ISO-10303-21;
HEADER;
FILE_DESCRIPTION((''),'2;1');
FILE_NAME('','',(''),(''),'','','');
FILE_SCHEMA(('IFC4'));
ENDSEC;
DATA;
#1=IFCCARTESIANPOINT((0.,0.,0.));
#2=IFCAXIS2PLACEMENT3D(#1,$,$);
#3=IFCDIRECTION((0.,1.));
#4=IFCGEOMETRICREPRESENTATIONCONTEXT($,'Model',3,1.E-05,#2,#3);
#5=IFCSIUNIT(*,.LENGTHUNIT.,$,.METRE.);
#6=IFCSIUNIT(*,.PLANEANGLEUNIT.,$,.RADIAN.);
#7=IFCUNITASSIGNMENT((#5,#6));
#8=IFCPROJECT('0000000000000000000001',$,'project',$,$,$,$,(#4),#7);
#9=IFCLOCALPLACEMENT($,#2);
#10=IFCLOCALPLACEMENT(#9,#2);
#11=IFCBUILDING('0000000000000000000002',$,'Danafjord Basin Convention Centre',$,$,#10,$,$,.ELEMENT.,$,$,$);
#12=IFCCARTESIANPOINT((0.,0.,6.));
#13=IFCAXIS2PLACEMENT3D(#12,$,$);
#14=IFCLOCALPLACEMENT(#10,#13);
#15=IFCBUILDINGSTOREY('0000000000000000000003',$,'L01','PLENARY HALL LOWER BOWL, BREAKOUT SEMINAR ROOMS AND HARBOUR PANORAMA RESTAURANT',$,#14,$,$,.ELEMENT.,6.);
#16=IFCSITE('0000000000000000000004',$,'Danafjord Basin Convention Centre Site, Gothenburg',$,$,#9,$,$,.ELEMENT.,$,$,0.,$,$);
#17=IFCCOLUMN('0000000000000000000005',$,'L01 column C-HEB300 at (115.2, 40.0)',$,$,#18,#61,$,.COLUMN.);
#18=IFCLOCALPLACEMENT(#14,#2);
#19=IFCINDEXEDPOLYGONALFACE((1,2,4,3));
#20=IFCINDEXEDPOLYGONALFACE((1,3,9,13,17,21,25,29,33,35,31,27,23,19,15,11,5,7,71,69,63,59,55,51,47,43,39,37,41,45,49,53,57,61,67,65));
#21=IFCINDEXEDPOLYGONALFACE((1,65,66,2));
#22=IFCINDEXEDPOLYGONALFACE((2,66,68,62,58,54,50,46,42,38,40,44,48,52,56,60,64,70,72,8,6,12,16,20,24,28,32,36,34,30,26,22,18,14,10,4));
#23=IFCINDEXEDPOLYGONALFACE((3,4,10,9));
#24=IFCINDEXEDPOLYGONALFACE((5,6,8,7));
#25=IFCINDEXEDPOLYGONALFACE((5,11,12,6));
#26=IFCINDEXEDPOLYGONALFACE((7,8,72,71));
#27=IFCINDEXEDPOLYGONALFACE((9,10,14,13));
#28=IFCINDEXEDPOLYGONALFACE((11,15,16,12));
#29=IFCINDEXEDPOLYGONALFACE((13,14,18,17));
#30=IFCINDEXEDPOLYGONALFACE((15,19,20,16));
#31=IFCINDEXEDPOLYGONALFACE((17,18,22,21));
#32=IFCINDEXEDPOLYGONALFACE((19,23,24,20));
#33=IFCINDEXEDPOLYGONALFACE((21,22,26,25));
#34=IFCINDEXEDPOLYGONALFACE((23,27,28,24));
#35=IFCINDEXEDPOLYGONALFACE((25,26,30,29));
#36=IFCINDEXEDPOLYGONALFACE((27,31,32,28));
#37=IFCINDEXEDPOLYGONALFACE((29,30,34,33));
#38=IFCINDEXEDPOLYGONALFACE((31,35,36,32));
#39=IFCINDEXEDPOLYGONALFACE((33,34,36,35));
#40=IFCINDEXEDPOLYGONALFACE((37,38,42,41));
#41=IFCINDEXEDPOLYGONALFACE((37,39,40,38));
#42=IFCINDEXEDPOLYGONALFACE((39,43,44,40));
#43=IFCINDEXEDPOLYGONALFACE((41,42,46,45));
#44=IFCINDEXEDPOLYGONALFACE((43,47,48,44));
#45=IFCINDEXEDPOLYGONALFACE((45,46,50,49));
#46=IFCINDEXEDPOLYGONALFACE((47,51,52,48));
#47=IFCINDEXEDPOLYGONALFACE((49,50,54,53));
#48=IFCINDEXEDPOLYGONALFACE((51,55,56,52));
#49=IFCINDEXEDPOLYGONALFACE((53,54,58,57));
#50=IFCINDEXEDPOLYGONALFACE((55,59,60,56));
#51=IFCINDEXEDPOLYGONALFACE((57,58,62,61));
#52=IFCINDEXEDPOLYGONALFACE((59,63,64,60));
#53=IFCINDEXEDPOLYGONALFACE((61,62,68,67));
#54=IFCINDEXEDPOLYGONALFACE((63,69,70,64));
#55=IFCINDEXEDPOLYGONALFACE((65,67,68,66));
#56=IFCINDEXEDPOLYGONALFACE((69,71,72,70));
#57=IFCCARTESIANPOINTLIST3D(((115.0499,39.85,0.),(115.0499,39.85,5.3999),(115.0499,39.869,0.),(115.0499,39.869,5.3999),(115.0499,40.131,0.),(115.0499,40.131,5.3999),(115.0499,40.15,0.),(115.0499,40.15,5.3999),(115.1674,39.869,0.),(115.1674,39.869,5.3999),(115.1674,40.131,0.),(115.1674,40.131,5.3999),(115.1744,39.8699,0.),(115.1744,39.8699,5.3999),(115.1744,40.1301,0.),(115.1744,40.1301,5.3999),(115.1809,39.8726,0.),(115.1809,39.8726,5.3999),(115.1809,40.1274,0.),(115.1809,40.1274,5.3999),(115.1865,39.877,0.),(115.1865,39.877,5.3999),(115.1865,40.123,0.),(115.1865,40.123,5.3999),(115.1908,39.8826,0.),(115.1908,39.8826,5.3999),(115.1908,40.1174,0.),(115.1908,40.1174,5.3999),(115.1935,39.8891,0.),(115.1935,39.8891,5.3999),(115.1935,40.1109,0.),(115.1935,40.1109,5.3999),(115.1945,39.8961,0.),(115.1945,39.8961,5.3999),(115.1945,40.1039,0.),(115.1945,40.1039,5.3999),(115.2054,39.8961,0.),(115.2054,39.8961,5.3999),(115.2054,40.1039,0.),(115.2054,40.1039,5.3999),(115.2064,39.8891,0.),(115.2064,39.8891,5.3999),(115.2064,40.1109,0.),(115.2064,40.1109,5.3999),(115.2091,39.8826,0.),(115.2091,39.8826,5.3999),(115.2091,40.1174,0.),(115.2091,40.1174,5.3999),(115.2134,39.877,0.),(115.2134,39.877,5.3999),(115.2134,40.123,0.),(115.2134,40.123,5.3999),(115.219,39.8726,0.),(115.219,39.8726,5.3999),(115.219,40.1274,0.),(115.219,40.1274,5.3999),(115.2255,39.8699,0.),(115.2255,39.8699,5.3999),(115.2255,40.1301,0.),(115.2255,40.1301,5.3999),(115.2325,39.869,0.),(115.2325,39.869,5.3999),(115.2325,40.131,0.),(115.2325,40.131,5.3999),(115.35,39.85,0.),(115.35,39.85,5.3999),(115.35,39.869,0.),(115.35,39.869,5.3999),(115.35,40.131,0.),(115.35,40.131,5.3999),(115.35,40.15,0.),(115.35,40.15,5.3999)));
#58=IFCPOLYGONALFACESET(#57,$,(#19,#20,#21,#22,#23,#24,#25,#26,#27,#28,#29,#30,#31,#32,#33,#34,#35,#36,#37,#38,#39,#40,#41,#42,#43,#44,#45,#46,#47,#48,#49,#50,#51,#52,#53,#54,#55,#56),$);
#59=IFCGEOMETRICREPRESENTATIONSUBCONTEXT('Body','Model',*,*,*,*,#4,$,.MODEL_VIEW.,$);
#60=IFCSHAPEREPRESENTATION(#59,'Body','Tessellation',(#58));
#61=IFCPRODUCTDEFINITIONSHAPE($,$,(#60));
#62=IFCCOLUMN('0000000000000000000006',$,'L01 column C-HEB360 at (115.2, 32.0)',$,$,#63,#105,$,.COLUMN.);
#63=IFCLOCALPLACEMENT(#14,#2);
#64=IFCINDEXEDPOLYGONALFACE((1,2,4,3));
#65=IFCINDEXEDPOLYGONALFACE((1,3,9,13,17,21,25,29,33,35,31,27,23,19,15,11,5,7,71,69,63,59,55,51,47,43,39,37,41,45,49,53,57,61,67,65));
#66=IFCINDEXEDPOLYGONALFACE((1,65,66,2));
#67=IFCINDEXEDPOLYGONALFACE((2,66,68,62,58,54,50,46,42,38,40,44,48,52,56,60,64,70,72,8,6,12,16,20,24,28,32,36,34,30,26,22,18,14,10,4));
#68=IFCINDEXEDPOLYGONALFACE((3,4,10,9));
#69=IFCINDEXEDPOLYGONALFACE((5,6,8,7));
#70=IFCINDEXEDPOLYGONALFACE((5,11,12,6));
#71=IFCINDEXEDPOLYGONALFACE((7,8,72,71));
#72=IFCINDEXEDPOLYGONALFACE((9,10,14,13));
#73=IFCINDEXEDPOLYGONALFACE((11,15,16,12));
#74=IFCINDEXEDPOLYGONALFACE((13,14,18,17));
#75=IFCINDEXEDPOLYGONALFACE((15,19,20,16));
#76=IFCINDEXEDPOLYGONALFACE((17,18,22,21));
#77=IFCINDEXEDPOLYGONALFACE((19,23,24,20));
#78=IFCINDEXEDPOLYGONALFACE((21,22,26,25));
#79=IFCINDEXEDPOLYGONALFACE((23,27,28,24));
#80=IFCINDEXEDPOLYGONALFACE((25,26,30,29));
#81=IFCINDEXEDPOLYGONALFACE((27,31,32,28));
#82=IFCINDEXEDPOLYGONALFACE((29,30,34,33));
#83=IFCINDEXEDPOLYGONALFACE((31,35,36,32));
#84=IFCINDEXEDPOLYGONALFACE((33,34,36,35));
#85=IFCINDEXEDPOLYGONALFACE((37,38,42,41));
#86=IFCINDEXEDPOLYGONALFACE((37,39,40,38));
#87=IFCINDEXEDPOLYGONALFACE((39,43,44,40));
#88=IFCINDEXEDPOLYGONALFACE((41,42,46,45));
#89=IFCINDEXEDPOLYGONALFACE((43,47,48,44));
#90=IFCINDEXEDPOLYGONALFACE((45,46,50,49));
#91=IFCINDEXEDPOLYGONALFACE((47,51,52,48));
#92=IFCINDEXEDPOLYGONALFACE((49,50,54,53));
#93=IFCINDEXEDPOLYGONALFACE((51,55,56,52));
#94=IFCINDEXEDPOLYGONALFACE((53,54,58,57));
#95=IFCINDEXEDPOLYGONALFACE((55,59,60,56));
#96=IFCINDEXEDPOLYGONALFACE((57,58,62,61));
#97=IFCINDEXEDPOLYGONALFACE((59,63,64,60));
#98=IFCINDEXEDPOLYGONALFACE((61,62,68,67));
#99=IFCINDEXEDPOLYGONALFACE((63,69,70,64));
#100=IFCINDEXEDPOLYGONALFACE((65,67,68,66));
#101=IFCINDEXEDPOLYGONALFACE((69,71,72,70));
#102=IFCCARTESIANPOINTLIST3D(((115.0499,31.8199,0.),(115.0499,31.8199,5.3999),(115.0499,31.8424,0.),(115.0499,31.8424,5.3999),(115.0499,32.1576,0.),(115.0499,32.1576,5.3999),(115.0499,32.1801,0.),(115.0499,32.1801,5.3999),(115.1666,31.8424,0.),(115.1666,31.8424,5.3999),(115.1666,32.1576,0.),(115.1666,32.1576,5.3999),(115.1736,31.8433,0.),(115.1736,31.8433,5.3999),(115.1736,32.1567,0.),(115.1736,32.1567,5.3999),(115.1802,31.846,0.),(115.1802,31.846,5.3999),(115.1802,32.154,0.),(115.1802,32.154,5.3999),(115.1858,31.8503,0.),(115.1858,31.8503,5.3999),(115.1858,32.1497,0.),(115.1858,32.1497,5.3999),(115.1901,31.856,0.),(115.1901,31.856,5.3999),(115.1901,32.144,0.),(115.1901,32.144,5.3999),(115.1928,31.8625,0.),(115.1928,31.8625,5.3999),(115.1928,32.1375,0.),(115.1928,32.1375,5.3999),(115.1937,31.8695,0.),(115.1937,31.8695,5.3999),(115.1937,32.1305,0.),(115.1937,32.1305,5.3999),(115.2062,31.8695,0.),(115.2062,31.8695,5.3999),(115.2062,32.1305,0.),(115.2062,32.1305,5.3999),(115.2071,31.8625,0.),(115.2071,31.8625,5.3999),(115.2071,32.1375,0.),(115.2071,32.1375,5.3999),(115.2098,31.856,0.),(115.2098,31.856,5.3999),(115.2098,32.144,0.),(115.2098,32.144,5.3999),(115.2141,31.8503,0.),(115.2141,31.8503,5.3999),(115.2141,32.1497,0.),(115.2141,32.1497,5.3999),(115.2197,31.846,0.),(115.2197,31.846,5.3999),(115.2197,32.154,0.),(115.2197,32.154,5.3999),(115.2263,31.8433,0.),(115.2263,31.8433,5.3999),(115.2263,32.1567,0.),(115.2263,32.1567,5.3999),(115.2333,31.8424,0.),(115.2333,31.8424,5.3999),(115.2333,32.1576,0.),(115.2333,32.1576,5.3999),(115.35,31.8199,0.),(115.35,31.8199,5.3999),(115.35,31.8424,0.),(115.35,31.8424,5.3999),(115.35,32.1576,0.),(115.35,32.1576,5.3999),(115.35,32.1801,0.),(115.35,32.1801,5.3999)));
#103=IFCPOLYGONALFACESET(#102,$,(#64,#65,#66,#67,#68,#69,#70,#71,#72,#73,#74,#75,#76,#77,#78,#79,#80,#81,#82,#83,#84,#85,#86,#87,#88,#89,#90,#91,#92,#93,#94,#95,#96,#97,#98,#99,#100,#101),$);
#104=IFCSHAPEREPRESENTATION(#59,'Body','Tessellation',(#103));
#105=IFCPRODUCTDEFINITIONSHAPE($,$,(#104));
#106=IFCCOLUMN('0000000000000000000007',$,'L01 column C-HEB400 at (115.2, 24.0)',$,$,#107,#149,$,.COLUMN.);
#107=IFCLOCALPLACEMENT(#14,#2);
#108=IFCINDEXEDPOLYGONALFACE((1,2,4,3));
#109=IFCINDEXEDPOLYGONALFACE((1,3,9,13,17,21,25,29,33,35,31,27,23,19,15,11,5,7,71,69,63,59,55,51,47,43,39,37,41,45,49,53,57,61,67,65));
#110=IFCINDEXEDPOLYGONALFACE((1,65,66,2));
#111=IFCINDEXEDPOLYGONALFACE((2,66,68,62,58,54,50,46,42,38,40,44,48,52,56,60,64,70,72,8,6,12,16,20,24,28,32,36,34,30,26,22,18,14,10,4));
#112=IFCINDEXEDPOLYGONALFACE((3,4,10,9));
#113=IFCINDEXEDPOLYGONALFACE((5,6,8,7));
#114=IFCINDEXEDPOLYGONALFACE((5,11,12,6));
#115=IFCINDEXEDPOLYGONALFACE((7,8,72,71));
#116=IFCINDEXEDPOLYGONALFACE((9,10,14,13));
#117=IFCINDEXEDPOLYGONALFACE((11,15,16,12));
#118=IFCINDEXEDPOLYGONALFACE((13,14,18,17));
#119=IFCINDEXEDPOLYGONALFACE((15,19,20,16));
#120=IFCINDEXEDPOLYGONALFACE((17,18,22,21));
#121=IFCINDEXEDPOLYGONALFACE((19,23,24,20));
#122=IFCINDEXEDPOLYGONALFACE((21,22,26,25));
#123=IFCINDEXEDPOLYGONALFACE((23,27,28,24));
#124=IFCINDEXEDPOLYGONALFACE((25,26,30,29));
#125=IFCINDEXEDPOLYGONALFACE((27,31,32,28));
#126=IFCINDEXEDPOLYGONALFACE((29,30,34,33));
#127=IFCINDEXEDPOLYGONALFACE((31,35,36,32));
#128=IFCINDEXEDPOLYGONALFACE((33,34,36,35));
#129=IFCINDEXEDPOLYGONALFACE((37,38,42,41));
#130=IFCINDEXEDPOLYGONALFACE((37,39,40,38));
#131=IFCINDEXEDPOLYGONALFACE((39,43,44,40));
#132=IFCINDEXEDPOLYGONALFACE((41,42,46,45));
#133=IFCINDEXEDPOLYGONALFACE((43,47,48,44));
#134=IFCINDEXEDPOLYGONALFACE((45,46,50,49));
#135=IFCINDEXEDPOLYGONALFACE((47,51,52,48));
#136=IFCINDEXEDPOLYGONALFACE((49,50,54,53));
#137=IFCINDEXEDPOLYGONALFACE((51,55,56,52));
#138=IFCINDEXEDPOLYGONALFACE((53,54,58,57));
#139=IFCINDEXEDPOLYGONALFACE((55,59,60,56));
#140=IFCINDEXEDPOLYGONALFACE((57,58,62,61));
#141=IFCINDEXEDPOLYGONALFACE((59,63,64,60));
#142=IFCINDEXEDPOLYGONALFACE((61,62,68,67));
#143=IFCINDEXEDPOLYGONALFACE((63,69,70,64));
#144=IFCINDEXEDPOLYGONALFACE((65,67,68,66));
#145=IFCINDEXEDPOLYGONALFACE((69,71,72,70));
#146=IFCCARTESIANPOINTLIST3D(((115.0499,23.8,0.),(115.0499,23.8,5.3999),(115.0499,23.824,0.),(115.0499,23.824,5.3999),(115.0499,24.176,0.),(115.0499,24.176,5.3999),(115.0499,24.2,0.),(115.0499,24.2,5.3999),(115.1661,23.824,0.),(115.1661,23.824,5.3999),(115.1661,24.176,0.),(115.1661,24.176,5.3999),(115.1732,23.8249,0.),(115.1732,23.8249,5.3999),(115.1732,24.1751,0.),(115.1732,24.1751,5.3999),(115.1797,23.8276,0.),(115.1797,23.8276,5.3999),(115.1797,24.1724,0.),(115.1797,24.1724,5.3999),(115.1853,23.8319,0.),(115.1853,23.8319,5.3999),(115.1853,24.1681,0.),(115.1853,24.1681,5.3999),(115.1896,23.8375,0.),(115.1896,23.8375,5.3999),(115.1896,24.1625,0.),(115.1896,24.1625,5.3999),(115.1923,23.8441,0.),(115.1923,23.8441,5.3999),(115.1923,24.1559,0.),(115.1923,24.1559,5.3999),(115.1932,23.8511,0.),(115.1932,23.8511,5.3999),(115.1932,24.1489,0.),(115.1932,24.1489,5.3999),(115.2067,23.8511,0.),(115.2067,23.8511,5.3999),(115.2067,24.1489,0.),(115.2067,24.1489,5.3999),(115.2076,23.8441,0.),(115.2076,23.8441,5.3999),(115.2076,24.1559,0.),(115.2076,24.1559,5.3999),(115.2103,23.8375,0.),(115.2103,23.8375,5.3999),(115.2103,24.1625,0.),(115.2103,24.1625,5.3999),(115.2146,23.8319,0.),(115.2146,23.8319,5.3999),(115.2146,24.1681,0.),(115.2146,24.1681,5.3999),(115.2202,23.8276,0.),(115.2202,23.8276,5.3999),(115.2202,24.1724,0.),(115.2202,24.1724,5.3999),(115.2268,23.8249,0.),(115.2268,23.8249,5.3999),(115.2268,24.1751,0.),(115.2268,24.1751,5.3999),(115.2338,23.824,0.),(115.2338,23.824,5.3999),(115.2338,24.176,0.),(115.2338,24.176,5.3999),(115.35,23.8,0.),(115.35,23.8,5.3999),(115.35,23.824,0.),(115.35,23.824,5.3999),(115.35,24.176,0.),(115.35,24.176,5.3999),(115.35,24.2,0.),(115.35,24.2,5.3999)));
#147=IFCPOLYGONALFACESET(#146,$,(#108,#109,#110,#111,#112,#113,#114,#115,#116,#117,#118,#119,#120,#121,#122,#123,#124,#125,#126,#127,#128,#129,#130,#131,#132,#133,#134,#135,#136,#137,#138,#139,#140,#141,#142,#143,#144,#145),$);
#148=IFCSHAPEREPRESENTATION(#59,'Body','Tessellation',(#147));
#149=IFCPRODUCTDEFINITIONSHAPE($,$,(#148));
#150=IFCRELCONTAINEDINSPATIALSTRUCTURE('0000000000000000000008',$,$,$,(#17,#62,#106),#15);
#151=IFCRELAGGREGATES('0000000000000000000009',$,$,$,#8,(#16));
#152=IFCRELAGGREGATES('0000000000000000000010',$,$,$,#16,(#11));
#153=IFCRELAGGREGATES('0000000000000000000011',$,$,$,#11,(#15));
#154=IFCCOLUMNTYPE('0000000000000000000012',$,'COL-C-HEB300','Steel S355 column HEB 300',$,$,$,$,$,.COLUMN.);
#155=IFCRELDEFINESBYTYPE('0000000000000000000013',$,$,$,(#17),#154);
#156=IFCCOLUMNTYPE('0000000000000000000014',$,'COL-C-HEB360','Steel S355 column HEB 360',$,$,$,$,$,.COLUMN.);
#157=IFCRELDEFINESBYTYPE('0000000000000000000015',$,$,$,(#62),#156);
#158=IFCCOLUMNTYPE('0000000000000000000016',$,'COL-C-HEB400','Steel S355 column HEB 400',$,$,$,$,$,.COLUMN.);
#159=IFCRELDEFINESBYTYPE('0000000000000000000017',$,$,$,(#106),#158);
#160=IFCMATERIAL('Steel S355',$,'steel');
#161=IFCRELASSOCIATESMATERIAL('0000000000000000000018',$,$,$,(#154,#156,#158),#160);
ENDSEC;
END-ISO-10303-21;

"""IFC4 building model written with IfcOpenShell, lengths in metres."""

from ifc_helpers import new_model, si_unit, direction, frame, origin, origin_2d, place, context, subcontext, project, spatial, i_section, extrude, material, material_profile, profile_set, type_object, element, save


model = new_model("IFC4")

# Units and contexts
model_context = context("Model", 3, precision=1e-05, world=origin(), true_north=direction((0.0, 1.0)))
body_context = subcontext(model_context, "Body", "Model", "MODEL_VIEW")
ifc_project = project(units=[si_unit("LENGTHUNIT", "METRE"), si_unit("PLANEANGLEUNIT", "RADIAN")], contexts=[model_context])

# Site, building, storey
site_placement = place(None, origin())
site = spatial("IfcSite", under=ifc_project, at=site_placement, Name="Danafjord Basin Convention Centre Site, Gothenburg", CompositionType="ELEMENT", RefElevation=0.0)
building_placement = place(site_placement, origin())
building = spatial("IfcBuilding", under=site, at=building_placement, Name="Danafjord Basin Convention Centre", CompositionType="ELEMENT")
storey_placement = place(building_placement, frame((0.0, 0.0, 6.0)))
storey = spatial("IfcBuildingStorey", under=building, at=storey_placement, Name="L01", Description="PLENARY HALL LOWER BOWL, BREAKOUT SEMINAR ROOMS AND HARBOUR PANORAMA RESTAURANT", CompositionType="ELEMENT", Elevation=6.0)

# Columns
ifc_material_1 = material(Name="Steel S355", Category="steel")
ifc_material_profile_1 = material_profile(ifc_material_1, i_section(OverallWidth=0.3, OverallDepth=0.3, WebThickness=0.011, FlangeThickness=0.019, FilletRadius=0.0271, at=origin_2d()), Name="HEB 300")
ifc_profile_set_1 = profile_set([ifc_material_profile_1], Name="Steel S355")
column_type_1 = type_object("IfcColumnType", Name="COL-C-HEB300", Description="Steel S355 column HEB 300", PredefinedType="COLUMN", material=ifc_profile_set_1)
column_1_placement = place(storey_placement, frame((115.2, 40.0, 0.0), z_axis=(0.0, 0.0, 1.0), x_axis=(1.0, 0.0, 0.0)))
element("IfcColumn", 1, at=column_1_placement, inside=storey, type_object=column_type_1, Name="L01 column C-HEB300 at (115.2, 40.0)", PredefinedType="COLUMN", context=body_context, shape_type="SweptSolid", body=[
    extrude(i_section(OverallWidth=0.3, OverallDepth=0.3, WebThickness=0.011, FlangeThickness=0.019, FilletRadius=0.0271, at=origin_2d()), origin(), (0.0, 0.0, 1.0), 5.3999),
])
ifc_material_profile_2 = material_profile(ifc_material_1, i_section(OverallWidth=0.3, OverallDepth=0.3601, WebThickness=0.0125, FlangeThickness=0.0225, FilletRadius=0.0271, at=origin_2d()), Name="HEB 360")
ifc_profile_set_2 = profile_set([ifc_material_profile_2], Name="Steel S355")
column_type_2 = type_object("IfcColumnType", Name="COL-C-HEB360", Description="Steel S355 column HEB 360", PredefinedType="COLUMN", material=ifc_profile_set_2)
column_2_placement = place(storey_placement, frame((115.2, 32.0, 0.0), z_axis=(0.0, 0.0, 1.0), x_axis=(1.0, 0.0, 0.0)))
element("IfcColumn", 2, at=column_2_placement, inside=storey, type_object=column_type_2, Name="L01 column C-HEB360 at (115.2, 32.0)", PredefinedType="COLUMN", context=body_context, shape_type="SweptSolid", body=[
    extrude(i_section(OverallWidth=0.3, OverallDepth=0.3601, WebThickness=0.0125, FlangeThickness=0.0225, FilletRadius=0.0271, at=origin_2d()), origin(), (0.0, 0.0, 1.0), 5.3999),
])
ifc_material_profile_3 = material_profile(ifc_material_1, i_section(OverallWidth=0.3, OverallDepth=0.3999, WebThickness=0.0134, FlangeThickness=0.0239, FilletRadius=0.0271, at=origin_2d()), Name="HEB 400")
ifc_profile_set_3 = profile_set([ifc_material_profile_3], Name="Steel S355")
column_type_3 = type_object("IfcColumnType", Name="COL-C-HEB400", Description="Steel S355 column HEB 400", PredefinedType="COLUMN", material=ifc_profile_set_3)
column_3_placement = place(storey_placement, frame((115.2, 24.0, 0.0), z_axis=(0.0, 0.0, 1.0), x_axis=(1.0, 0.0, 0.0)))
element("IfcColumn", 3, at=column_3_placement, inside=storey, type_object=column_type_3, Name="L01 column C-HEB400 at (115.2, 24.0)", PredefinedType="COLUMN", context=body_context, shape_type="SweptSolid", body=[
    extrude(i_section(OverallWidth=0.3, OverallDepth=0.3999, WebThickness=0.0134, FlangeThickness=0.0239, FilletRadius=0.0271, at=origin_2d()), origin(), (0.0, 0.0, 1.0), 5.3999),
])

save(model, "model.ifc")
